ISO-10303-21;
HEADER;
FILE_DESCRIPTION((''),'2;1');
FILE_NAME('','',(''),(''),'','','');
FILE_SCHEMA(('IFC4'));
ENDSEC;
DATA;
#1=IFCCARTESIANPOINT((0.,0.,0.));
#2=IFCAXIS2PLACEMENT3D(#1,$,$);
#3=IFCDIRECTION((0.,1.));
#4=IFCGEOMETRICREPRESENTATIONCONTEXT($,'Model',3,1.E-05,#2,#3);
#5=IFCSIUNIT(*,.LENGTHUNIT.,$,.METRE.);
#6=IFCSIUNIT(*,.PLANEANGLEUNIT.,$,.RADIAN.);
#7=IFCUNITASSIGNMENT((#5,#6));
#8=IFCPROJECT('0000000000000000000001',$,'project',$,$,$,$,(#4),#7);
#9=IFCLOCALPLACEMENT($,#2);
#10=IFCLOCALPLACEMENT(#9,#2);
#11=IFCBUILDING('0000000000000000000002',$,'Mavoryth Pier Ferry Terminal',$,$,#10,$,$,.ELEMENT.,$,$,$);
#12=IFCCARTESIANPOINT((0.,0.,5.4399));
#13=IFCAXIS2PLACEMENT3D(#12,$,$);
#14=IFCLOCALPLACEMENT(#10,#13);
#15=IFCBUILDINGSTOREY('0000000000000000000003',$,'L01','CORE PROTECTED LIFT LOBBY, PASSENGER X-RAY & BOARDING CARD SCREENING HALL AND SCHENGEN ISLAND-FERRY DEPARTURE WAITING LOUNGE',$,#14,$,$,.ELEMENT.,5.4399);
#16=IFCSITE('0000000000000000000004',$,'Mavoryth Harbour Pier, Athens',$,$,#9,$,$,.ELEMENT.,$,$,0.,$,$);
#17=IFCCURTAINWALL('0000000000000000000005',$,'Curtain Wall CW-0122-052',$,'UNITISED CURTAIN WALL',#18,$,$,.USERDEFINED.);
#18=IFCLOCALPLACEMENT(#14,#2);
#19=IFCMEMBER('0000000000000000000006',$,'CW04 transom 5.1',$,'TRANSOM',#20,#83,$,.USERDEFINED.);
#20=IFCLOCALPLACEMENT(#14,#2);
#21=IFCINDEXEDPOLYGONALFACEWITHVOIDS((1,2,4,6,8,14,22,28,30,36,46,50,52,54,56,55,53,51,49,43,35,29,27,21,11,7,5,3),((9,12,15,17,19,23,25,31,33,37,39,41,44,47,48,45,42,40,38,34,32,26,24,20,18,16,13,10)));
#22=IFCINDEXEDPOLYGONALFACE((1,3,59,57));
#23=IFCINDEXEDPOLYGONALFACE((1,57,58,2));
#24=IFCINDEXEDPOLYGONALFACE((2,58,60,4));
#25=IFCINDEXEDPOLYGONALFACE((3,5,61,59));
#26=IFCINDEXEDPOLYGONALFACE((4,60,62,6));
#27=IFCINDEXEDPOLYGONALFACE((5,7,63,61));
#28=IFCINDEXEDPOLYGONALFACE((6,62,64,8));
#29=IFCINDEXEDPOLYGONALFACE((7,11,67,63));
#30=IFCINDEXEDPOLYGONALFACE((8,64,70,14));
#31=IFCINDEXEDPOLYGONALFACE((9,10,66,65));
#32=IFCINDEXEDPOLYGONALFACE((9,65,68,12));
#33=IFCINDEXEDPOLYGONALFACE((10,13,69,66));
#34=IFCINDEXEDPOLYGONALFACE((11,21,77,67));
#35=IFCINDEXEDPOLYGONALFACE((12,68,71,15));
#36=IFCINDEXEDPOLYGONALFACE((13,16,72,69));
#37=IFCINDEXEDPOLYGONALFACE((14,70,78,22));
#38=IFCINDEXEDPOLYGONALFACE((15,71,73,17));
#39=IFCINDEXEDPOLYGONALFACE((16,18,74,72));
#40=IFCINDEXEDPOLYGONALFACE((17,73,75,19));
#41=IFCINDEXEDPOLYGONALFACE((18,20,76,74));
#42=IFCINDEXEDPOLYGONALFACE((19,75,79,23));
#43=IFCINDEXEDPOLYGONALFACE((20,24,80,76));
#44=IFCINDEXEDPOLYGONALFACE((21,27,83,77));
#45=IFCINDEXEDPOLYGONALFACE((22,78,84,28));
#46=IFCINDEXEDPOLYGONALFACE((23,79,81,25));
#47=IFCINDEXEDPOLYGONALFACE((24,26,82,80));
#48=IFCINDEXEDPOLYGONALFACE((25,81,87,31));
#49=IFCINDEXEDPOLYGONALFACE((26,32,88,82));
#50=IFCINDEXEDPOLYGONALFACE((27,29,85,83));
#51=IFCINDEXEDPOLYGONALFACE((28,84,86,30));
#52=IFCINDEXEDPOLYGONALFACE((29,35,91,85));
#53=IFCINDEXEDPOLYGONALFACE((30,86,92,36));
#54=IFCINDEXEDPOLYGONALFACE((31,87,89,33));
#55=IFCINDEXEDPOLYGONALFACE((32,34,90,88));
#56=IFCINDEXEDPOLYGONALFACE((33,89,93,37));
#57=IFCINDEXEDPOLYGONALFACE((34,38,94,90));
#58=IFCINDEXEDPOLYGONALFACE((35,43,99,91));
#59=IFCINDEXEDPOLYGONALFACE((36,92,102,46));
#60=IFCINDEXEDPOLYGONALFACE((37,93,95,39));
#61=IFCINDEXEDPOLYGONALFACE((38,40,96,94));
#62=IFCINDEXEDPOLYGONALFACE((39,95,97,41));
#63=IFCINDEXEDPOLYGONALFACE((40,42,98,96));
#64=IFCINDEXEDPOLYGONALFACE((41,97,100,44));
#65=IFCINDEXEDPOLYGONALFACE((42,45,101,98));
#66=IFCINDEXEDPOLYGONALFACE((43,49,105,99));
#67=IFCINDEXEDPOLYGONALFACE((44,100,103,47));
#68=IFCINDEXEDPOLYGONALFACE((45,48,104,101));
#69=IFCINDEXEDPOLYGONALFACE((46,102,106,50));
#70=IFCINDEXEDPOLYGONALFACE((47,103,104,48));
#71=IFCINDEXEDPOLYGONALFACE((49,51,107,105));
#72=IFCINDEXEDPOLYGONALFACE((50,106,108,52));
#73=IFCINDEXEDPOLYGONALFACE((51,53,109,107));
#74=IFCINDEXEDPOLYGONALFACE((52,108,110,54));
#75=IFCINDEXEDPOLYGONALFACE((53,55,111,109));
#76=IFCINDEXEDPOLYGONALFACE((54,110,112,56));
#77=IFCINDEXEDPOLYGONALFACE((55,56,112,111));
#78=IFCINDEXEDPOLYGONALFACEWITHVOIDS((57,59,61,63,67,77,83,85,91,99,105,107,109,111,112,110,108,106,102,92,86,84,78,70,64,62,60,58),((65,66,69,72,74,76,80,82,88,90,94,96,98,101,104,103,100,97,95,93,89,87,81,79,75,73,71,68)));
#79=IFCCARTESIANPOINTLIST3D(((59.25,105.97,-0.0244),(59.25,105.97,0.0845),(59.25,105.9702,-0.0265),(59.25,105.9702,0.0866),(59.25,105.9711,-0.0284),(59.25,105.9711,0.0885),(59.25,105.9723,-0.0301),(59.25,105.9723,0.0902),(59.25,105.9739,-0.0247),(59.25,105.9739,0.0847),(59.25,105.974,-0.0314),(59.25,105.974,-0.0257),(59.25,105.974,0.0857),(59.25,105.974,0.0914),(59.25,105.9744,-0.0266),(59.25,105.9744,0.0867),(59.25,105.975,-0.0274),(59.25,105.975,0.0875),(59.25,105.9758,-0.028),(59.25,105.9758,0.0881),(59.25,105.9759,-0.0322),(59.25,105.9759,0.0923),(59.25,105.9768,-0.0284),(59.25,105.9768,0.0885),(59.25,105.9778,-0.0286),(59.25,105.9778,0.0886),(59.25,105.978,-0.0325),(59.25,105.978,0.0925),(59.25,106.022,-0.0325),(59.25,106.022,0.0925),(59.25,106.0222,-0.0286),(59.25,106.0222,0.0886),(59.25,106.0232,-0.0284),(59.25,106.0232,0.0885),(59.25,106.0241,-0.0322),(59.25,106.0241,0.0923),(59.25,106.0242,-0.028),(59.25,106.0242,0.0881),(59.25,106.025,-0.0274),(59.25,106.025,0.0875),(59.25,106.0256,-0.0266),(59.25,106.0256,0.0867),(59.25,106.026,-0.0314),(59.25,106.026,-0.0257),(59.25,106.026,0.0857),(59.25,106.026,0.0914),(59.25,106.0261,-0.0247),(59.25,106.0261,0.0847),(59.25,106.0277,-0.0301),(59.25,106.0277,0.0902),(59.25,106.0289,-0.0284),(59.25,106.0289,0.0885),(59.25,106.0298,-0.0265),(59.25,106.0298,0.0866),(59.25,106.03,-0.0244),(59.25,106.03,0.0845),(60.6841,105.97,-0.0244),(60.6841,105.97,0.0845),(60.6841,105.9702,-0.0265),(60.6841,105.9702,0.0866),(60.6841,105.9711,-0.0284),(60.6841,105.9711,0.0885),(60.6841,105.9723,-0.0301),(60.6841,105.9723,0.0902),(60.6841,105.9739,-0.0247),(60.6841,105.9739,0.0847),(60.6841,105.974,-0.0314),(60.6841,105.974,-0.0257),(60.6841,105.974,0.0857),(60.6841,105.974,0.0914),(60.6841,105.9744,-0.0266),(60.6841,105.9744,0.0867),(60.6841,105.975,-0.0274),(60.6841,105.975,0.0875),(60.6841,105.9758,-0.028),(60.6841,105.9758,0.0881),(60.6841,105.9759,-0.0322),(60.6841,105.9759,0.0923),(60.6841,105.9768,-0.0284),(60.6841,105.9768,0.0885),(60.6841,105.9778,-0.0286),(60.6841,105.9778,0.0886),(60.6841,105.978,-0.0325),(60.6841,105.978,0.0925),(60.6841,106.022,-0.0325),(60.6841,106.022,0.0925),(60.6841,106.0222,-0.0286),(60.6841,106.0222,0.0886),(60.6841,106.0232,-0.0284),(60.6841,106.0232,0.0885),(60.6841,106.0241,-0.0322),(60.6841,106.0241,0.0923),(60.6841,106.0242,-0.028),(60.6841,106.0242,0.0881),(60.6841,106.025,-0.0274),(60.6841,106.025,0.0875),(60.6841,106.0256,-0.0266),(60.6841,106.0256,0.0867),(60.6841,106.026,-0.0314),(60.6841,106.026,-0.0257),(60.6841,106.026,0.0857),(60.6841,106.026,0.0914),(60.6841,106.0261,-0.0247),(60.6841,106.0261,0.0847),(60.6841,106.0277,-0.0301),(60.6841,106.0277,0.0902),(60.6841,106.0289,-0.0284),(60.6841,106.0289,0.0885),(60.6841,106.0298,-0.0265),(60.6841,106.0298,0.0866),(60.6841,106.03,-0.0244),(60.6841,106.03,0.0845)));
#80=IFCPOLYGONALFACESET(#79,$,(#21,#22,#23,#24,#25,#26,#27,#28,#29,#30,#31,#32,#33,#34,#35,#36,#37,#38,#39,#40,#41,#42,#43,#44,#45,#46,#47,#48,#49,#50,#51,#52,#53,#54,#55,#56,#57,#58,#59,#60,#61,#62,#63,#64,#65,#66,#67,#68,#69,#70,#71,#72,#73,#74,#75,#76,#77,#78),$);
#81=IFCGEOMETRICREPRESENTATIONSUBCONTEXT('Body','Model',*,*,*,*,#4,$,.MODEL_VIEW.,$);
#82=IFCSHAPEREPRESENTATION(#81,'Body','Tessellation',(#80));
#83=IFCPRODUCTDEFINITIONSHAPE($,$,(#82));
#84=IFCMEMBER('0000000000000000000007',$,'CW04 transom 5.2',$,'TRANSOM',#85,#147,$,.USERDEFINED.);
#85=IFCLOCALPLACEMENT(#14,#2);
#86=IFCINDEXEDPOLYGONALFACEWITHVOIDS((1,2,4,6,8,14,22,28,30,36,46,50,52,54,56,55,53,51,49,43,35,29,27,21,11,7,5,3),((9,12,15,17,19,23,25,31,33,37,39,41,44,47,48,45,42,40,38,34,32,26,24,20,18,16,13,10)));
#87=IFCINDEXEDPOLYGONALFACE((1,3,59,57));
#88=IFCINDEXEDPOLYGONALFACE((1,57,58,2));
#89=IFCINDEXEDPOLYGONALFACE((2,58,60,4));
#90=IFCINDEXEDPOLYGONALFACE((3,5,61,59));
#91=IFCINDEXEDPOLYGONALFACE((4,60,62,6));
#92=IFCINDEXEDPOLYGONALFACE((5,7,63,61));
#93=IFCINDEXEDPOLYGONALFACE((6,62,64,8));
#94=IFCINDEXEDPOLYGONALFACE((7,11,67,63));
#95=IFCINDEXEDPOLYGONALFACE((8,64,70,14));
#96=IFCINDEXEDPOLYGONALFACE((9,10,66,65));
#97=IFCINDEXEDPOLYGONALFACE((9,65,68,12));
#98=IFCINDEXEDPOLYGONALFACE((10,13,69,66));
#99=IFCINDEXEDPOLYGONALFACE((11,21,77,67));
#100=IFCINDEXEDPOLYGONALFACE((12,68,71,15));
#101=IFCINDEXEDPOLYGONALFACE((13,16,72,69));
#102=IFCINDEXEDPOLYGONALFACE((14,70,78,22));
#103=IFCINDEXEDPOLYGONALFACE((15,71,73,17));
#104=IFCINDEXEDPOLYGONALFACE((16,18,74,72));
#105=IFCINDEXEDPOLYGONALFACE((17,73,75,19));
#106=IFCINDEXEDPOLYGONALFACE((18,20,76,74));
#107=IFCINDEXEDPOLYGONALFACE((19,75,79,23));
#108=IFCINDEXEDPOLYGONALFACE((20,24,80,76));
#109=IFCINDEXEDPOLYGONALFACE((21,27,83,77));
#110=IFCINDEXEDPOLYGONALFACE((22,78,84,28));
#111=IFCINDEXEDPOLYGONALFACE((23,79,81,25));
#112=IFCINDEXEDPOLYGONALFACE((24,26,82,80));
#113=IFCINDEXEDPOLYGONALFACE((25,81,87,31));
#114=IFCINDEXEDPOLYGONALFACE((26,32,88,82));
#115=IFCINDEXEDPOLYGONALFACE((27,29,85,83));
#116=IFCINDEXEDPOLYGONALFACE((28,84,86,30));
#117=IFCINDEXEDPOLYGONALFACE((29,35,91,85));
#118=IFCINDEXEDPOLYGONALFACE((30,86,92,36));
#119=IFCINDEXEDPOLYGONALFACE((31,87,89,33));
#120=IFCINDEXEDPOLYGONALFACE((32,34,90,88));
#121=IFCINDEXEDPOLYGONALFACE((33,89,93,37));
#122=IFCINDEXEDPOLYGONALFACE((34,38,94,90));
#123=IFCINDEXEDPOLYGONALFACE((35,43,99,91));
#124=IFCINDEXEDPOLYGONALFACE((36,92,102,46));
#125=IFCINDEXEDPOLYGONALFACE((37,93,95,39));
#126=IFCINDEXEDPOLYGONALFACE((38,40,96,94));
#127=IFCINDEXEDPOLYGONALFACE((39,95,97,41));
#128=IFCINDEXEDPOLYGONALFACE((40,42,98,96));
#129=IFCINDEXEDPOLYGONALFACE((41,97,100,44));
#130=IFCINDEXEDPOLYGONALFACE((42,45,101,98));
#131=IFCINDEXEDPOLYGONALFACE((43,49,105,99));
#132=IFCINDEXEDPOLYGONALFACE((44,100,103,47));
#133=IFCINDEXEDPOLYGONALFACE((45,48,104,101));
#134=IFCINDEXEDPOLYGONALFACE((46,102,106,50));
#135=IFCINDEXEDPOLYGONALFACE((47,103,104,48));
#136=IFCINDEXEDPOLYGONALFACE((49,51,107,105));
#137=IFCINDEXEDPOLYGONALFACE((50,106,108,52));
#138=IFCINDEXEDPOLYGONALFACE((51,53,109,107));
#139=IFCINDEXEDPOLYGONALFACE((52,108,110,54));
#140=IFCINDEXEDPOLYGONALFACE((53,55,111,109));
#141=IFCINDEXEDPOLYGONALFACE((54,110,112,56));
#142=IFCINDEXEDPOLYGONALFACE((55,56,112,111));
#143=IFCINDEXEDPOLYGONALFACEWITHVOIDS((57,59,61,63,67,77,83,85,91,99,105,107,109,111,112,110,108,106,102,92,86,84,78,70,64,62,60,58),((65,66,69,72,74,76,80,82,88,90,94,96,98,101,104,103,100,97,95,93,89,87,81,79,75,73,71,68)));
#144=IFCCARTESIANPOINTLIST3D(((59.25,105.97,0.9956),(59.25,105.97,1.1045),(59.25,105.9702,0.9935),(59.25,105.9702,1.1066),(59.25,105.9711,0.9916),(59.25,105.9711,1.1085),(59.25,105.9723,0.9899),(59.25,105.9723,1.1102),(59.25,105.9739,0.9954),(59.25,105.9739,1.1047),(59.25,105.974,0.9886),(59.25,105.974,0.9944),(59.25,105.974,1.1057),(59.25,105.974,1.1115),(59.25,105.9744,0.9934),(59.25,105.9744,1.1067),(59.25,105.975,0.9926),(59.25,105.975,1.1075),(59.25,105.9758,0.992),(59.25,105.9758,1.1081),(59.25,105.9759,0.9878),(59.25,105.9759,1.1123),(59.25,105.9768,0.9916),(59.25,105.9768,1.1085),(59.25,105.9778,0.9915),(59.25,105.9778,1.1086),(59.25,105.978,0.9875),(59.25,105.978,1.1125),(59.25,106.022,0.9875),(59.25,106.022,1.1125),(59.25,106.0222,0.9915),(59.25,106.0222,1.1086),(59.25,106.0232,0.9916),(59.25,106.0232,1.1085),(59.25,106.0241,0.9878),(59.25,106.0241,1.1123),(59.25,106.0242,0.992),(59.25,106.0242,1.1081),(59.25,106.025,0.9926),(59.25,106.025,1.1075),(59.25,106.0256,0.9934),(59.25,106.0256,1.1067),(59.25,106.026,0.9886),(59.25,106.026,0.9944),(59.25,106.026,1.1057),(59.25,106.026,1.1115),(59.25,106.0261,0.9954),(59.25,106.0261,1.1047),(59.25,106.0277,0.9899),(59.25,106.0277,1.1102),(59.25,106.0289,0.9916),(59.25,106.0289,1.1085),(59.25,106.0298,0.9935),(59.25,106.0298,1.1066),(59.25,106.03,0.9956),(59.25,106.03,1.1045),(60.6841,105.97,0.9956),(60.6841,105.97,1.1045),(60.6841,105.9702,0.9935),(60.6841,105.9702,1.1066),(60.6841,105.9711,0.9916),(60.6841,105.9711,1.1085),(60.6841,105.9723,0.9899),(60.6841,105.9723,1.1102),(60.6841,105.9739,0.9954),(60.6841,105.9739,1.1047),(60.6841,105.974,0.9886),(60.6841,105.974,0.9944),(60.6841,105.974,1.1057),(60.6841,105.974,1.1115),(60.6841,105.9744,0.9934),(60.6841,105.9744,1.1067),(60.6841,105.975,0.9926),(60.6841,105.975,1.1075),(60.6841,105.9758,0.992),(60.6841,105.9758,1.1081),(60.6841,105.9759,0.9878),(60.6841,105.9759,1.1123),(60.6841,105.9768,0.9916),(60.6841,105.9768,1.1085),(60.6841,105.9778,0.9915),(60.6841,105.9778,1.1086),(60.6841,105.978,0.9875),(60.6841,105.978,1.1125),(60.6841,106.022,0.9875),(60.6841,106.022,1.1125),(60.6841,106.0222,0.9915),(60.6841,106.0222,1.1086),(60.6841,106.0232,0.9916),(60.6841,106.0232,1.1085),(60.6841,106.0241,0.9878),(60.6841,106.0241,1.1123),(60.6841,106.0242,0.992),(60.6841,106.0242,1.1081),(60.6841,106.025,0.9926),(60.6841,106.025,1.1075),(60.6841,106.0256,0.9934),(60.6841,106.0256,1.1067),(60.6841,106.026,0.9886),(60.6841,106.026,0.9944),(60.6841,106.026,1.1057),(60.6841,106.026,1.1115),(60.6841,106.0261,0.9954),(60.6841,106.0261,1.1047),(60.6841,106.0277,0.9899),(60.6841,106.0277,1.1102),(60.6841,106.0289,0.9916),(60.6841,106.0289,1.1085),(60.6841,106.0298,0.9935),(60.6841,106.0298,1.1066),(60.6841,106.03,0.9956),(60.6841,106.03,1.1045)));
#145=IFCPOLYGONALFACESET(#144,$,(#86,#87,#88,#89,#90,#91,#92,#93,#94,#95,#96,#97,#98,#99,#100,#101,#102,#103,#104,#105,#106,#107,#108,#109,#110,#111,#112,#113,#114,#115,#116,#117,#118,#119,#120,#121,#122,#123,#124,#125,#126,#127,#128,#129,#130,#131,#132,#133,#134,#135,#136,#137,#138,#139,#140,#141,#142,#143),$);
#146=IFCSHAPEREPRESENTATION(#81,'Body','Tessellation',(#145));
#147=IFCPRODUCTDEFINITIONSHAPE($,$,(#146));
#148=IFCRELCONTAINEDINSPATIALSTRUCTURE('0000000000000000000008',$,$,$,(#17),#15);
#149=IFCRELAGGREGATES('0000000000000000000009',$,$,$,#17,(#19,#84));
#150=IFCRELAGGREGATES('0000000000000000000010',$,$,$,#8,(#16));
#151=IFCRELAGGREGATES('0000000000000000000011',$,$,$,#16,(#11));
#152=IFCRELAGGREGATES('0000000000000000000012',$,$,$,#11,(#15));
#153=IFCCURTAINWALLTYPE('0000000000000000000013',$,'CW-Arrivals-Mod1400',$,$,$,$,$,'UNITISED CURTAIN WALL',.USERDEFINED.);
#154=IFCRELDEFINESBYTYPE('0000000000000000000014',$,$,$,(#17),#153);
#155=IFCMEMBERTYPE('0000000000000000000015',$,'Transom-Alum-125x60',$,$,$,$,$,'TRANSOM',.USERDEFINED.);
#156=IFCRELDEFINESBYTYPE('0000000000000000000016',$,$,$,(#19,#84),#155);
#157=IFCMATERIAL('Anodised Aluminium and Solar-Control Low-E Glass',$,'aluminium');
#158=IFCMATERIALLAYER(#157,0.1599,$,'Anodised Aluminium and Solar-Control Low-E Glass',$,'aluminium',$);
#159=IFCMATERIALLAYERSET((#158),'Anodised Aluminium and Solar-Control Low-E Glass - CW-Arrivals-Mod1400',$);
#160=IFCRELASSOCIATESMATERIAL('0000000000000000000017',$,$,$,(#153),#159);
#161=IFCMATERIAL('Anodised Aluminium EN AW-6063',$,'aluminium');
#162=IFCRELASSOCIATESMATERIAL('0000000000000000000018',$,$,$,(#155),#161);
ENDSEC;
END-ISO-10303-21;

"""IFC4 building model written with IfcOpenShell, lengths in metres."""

from ifc_helpers import new_model, si_unit, direction, frame, origin, origin_2d, place, context, subcontext, project, spatial, hollow_rectangle, extrude, material, layer, layer_set, material_profile, profile_set, type_object, element, aggregate, save


model = new_model("IFC4")

# Units and contexts
model_context = context("Model", 3, precision=1e-05, world=origin(), true_north=direction((0.0, 1.0)))
body_context = subcontext(model_context, "Body", "Model", "MODEL_VIEW")
ifc_project = project(units=[si_unit("LENGTHUNIT", "METRE"), si_unit("PLANEANGLEUNIT", "RADIAN")], contexts=[model_context])

# Site, building, storey
site_placement = place(None, origin())
site = spatial("IfcSite", under=ifc_project, at=site_placement, Name="Mavoryth Harbour Pier, Athens", CompositionType="ELEMENT", RefElevation=0.0)
building_placement = place(site_placement, origin())
building = spatial("IfcBuilding", under=site, at=building_placement, Name="Mavoryth Pier Ferry Terminal", CompositionType="ELEMENT")
storey_placement = place(building_placement, frame((0.0, 0.0, 5.4399)))
storey = spatial("IfcBuildingStorey", under=building, at=storey_placement, Name="L01", Description="CORE PROTECTED LIFT LOBBY, PASSENGER X-RAY & BOARDING CARD SCREENING HALL AND SCHENGEN ISLAND-FERRY DEPARTURE WAITING LOUNGE", CompositionType="ELEMENT", Elevation=5.4399)

# Curtain wall
ifc_material_1 = material(Name="Anodised Aluminium and Solar-Control Low-E Glass", Category="aluminium")
ifc_layer_1 = layer(ifc_material_1, 0.1599, Name="Anodised Aluminium and Solar-Control Low-E Glass", Category="aluminium")
ifc_layer_set_1 = layer_set([ifc_layer_1], Name="Anodised Aluminium and Solar-Control Low-E Glass - CW-Arrivals-Mod1400")
curtain_wall_type = type_object("IfcCurtainWallType", Name="CW-Arrivals-Mod1400", ElementType="UNITISED CURTAIN WALL", PredefinedType="USERDEFINED", material=ifc_layer_set_1)
curtain_wall_placement = place(storey_placement, origin())
curtain_wall = element("IfcCurtainWall", 1, at=curtain_wall_placement, inside=storey, type_object=curtain_wall_type, Name="Curtain Wall CW-0122-052", ObjectType="UNITISED CURTAIN WALL", PredefinedType="USERDEFINED")
ifc_material_2 = material(Name="Anodised Aluminium EN AW-6063", Category="aluminium")

# Members
ifc_material_profile_1 = material_profile(ifc_material_2, hollow_rectangle(XDim=0.0601, YDim=0.125, WallThickness=0.0039, InnerFilletRadius=0.0039, OuterFilletRadius=0.0081, at=origin_2d()), Name="AL-TRAN 125x60x4", Category="aluminium")
ifc_profile_set_1 = profile_set([ifc_material_profile_1], Name="Anodised Aluminium EN AW-6063 - AL-TRAN 125x60x4")
member_type_1 = type_object("IfcMemberType", Name="Transom-Alum-125x60", ElementType="TRANSOM", PredefinedType="USERDEFINED", material=ifc_profile_set_1)
member_1_placement = place(storey_placement, frame((60.6841, 106.0, 0.03), z_axis=(-1.0, 0.0, 0.0), x_axis=(0.0, -1.0, 0.0)))
member_1 = element("IfcMember", 2, at=member_1_placement, type_object=member_type_1, Name="CW04 transom 5.1", ObjectType="TRANSOM", PredefinedType="USERDEFINED", context=body_context, shape_type="SweptSolid", body=[
    extrude(hollow_rectangle(XDim=0.0601, YDim=0.125, WallThickness=0.0039, InnerFilletRadius=0.0039, OuterFilletRadius=0.0081, at=origin_2d()), origin(), (0.0, 0.0, 1.0), 1.4341),
])
member_2_placement = place(storey_placement, frame((60.6841, 106.0, 1.05), z_axis=(-1.0, 0.0, 0.0), x_axis=(0.0, -1.0, 0.0)))
member_2 = element("IfcMember", 3, at=member_2_placement, type_object=member_type_1, Name="CW04 transom 5.2", ObjectType="TRANSOM", PredefinedType="USERDEFINED", context=body_context, shape_type="SweptSolid", body=[
    extrude(hollow_rectangle(XDim=0.0601, YDim=0.125, WallThickness=0.0039, InnerFilletRadius=0.0039, OuterFilletRadius=0.0081, at=origin_2d()), origin(), (0.0, 0.0, 1.0), 1.4341),
])

aggregate(curtain_wall, [member_1, member_2])

save(model, "model.ifc")
